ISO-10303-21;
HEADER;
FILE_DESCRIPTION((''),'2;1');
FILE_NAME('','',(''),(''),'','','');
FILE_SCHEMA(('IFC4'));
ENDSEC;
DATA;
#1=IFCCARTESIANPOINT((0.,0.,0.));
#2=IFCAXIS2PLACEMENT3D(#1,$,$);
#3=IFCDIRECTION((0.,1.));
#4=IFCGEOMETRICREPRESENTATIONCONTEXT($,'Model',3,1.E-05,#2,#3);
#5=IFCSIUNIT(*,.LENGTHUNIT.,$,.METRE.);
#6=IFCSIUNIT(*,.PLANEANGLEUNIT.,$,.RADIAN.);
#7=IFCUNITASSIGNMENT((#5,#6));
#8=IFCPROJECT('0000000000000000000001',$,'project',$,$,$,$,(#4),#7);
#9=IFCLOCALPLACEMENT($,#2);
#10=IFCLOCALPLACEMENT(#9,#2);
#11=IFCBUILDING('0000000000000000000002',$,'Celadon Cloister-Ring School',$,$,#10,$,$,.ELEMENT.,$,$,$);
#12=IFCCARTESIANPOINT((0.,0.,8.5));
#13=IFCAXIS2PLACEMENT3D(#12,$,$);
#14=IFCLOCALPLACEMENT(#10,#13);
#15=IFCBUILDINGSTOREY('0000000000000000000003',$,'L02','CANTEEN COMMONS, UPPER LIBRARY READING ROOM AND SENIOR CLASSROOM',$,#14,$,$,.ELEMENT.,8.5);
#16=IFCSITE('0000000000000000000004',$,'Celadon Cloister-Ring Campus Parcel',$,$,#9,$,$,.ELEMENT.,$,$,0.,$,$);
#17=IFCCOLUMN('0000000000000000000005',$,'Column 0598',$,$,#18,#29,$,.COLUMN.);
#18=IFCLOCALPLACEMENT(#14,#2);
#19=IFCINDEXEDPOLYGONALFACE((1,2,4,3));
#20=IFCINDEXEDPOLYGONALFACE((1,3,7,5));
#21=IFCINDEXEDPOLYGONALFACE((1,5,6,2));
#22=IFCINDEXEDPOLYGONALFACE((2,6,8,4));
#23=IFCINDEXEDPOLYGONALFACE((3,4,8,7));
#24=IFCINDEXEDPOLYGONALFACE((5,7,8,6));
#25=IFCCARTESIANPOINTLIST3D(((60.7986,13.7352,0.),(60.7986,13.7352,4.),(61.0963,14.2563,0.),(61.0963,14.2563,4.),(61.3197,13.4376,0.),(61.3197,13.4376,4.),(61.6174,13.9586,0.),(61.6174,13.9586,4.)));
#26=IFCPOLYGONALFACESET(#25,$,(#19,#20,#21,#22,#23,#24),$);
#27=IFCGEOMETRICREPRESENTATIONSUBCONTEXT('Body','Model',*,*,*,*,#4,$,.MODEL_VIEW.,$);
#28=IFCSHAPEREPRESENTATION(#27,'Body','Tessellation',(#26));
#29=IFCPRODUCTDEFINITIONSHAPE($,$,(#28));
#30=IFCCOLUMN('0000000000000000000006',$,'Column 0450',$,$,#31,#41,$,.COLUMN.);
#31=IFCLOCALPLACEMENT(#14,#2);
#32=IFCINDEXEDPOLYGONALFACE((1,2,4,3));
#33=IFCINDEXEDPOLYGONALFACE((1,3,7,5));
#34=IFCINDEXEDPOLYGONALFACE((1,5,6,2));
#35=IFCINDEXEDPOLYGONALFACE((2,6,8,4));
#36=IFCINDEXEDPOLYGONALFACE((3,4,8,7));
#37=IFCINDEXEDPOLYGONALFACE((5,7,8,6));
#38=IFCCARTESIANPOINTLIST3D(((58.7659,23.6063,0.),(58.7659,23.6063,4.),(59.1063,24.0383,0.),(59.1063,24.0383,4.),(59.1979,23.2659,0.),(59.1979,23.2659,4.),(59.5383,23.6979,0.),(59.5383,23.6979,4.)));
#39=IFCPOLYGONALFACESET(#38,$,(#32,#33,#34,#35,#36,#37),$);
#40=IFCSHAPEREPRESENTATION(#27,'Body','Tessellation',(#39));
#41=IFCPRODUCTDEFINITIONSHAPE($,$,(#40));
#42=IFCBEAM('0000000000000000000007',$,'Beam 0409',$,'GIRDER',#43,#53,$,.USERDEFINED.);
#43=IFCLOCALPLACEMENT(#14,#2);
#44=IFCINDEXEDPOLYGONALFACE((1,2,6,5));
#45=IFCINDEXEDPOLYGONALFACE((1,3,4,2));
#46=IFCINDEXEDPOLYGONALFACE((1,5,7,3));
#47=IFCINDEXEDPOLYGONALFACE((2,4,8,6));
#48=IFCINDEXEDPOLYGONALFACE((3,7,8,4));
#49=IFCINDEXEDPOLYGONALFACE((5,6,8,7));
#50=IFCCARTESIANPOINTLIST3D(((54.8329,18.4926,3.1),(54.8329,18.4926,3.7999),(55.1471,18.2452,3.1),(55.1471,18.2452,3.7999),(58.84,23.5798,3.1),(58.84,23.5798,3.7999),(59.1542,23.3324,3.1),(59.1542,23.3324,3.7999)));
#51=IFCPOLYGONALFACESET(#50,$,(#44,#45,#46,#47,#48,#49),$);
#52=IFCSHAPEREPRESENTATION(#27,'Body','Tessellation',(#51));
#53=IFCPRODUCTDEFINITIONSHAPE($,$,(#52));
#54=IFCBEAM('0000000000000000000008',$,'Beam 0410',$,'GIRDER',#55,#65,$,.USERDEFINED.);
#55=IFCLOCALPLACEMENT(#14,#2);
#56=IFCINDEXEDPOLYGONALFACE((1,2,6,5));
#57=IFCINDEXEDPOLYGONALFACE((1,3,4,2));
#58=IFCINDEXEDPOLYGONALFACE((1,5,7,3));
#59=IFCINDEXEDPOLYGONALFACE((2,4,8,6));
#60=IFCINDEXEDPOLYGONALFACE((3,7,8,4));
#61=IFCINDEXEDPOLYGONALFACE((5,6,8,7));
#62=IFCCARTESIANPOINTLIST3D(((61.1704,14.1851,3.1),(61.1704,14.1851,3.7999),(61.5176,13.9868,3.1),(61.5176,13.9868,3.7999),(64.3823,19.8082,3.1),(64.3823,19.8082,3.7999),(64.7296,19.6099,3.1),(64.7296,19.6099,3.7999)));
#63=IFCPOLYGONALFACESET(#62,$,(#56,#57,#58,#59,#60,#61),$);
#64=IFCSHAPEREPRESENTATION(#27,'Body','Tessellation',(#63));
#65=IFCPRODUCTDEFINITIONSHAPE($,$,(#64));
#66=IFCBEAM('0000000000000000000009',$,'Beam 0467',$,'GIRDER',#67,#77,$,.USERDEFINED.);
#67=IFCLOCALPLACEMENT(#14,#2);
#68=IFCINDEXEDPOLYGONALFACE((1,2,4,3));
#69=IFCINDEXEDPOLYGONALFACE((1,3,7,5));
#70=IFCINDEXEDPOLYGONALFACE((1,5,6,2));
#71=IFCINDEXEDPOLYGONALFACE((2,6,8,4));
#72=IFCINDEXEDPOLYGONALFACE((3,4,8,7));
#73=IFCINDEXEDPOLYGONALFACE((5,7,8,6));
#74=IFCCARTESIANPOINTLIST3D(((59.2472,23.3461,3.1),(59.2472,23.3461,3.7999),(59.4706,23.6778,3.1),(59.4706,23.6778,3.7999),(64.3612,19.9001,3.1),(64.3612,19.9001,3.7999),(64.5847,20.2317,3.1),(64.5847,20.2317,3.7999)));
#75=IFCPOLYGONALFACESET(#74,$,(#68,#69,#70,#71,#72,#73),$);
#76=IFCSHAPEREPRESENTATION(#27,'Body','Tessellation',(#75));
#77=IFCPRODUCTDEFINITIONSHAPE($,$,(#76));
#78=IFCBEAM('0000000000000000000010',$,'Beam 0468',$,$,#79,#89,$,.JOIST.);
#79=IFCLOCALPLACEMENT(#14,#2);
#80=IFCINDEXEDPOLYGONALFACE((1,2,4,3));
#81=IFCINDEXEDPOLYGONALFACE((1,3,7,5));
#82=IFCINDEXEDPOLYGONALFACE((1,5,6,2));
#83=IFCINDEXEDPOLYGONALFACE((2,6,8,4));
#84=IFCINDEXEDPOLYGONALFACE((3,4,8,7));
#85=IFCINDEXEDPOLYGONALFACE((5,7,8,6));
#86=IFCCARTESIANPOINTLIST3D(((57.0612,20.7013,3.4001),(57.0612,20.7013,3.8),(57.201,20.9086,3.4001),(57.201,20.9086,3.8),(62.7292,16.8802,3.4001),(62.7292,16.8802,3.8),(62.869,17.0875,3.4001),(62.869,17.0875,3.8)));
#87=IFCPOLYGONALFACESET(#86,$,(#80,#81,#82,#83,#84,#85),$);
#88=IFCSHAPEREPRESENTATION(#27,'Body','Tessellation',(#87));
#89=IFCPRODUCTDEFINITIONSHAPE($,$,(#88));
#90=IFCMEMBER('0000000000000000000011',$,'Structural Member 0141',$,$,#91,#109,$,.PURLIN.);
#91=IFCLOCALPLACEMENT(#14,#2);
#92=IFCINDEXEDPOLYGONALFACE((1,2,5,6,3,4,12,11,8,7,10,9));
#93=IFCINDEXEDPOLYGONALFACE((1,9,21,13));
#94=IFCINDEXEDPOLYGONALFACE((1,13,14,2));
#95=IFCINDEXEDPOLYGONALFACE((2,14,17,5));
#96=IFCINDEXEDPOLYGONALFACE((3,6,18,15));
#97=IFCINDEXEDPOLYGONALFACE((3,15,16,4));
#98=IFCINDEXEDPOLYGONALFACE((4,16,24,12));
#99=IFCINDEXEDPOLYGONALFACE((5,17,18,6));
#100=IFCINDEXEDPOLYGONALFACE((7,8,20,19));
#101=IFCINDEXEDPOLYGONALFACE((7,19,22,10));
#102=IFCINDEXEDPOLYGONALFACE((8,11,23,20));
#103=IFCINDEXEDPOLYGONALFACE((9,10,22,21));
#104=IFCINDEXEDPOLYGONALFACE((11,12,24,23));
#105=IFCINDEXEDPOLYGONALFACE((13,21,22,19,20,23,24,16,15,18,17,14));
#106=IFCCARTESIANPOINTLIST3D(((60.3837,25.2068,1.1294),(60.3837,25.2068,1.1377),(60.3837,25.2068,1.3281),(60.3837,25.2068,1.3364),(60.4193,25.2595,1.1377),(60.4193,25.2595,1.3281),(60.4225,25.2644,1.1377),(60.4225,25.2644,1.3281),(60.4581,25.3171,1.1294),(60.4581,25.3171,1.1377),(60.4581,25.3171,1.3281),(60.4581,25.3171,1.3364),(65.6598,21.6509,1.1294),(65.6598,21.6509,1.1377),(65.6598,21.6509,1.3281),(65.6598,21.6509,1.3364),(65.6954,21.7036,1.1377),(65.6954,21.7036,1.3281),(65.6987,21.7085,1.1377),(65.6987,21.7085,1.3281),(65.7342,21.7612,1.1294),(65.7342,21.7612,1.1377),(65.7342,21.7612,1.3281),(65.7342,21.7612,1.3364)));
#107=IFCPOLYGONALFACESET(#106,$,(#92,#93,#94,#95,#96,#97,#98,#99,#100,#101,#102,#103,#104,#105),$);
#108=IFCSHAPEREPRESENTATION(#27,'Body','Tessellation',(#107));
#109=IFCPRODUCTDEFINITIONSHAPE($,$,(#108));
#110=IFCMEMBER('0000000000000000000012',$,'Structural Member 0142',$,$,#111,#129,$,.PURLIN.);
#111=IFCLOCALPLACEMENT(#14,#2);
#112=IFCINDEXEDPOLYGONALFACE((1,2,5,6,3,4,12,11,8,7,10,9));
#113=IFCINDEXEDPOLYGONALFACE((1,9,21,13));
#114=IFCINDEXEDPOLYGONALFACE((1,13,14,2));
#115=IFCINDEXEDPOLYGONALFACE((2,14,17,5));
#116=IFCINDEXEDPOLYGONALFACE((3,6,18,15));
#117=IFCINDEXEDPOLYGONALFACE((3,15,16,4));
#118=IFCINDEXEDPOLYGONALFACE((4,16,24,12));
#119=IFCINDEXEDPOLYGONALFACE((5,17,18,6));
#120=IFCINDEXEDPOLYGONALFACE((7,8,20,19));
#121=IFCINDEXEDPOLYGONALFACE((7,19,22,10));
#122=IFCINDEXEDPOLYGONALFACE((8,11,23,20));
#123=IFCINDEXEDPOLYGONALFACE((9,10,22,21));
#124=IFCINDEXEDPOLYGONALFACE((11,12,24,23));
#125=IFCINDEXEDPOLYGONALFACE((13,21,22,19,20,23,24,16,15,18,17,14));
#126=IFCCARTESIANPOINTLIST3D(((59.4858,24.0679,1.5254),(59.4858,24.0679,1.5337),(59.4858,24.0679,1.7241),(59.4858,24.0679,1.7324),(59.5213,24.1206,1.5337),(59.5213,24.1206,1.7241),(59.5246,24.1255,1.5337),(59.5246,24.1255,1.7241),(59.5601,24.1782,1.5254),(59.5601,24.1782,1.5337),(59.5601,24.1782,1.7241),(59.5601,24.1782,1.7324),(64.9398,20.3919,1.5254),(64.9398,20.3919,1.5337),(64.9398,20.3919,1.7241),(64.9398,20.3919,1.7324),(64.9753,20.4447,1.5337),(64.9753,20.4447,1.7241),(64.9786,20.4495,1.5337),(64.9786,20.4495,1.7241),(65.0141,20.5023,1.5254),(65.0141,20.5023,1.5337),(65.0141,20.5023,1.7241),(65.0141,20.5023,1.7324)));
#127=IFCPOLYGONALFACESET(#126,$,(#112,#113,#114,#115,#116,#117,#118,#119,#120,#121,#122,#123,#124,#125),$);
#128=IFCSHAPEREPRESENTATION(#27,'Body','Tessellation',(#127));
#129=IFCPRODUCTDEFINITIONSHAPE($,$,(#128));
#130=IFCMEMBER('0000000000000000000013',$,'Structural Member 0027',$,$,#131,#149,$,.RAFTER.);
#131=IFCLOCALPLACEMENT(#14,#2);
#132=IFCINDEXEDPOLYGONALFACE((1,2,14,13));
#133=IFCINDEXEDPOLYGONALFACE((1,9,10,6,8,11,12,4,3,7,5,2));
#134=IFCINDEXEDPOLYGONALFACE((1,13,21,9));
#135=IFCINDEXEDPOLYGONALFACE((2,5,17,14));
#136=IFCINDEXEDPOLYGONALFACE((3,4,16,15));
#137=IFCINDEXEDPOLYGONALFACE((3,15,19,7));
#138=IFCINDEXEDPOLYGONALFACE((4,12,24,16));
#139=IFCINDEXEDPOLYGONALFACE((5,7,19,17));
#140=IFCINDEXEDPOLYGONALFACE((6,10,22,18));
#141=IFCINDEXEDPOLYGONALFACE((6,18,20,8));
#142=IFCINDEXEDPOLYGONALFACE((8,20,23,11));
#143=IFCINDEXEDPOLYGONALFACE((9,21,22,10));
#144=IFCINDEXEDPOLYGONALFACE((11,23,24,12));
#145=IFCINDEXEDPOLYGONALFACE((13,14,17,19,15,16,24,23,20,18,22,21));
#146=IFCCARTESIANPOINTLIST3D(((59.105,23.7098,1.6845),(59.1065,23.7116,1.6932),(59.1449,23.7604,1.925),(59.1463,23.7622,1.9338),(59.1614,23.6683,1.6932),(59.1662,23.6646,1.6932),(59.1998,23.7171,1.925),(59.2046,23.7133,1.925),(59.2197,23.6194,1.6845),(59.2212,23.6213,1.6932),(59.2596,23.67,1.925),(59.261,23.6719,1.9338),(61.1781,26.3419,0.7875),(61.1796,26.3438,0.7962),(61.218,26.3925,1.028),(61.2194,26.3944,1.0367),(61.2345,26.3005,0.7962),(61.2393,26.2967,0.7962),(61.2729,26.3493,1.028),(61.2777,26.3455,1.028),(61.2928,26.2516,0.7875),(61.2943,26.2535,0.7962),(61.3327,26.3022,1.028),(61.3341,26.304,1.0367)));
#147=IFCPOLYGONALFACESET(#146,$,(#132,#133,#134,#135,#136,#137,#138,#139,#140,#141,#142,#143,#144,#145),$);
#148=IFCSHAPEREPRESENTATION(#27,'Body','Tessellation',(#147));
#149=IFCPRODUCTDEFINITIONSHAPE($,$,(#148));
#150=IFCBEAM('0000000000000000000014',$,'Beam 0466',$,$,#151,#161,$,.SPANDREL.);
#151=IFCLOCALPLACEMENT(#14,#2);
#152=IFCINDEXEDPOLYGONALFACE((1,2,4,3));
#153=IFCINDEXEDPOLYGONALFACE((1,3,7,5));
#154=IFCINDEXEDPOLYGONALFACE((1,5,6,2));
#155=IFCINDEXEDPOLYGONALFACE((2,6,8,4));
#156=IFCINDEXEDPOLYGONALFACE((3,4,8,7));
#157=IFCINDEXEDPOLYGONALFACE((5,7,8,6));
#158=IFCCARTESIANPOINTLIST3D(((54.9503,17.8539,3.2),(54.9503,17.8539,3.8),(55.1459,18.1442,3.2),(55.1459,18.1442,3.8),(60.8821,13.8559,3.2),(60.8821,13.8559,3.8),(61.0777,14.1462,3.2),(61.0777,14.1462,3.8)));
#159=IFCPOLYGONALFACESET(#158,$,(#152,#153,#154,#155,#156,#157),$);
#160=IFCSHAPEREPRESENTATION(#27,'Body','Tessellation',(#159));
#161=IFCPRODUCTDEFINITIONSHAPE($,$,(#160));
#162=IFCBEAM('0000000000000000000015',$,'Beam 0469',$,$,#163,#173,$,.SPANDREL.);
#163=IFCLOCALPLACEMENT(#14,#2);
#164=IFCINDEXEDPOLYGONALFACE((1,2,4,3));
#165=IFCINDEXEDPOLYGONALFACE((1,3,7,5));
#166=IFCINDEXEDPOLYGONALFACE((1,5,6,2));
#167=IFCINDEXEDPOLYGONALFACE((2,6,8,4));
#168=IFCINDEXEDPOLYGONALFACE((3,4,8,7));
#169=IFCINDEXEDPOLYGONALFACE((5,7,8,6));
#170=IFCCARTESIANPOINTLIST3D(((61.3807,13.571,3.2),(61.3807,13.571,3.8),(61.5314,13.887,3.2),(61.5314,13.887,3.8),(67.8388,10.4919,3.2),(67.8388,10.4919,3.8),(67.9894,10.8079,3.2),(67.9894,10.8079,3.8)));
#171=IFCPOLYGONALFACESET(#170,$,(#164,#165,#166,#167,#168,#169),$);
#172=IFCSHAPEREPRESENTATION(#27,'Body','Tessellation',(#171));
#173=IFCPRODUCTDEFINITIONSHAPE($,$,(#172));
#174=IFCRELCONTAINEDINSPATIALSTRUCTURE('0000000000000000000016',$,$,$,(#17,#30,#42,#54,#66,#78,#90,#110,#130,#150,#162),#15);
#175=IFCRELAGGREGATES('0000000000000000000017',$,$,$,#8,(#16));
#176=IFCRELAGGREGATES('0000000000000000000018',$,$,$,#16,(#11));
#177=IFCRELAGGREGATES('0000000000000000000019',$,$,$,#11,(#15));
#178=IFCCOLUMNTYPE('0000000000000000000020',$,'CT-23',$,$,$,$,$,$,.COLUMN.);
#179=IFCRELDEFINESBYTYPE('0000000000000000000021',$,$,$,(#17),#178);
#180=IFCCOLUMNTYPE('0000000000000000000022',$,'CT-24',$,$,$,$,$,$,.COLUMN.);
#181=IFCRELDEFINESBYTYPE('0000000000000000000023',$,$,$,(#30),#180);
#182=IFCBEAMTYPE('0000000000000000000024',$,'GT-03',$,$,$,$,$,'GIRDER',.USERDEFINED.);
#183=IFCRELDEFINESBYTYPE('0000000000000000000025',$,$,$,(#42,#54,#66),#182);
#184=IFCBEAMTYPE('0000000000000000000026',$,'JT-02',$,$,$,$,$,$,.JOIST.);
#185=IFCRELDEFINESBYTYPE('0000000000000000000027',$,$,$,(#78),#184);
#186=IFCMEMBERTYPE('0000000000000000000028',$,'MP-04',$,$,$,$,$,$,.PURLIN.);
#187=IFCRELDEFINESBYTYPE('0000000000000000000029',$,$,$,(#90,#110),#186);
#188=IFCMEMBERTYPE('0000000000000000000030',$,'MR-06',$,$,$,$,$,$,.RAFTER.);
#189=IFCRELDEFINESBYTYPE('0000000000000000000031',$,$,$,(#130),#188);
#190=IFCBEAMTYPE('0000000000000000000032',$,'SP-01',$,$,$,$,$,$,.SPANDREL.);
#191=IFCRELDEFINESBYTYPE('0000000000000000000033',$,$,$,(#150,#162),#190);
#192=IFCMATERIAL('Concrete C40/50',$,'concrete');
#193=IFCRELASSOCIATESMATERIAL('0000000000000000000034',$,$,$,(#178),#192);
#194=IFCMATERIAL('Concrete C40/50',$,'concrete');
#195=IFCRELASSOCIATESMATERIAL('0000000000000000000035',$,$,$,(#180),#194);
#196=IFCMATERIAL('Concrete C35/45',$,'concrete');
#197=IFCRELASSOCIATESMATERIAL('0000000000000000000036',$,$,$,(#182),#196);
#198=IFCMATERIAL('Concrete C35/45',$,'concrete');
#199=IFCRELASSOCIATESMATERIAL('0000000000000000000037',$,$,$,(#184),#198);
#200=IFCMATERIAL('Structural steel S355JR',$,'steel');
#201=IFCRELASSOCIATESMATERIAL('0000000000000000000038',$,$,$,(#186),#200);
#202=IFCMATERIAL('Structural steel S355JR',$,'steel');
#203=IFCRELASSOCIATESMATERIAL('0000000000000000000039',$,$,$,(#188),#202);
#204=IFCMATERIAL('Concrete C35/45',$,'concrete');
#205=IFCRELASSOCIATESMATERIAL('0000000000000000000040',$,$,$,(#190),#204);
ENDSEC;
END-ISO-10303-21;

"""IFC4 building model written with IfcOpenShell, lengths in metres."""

from ifc_helpers import new_model, si_unit, direction, frame, origin, origin_2d, place, context, subcontext, project, spatial, rectangle, i_section, extrude, material, material_profile, profile_set, type_object, element, save


model = new_model("IFC4")

# Units and contexts
model_context = context("Model", 3, precision=1e-05, world=origin(), true_north=direction((0.0, 1.0)))
body_context = subcontext(model_context, "Body", "Model", "MODEL_VIEW")
ifc_project = project(units=[si_unit("LENGTHUNIT", "METRE"), si_unit("PLANEANGLEUNIT", "RADIAN")], contexts=[model_context])

# Site, building, storey
site_placement = place(None, origin())
site = spatial("IfcSite", under=ifc_project, at=site_placement, Name="Celadon Cloister-Ring Campus Parcel", CompositionType="ELEMENT", RefElevation=0.0)
building_placement = place(site_placement, origin())
building = spatial("IfcBuilding", under=site, at=building_placement, Name="Celadon Cloister-Ring School", CompositionType="ELEMENT")
storey_placement = place(building_placement, frame((0.0, 0.0, 8.5)))
storey = spatial("IfcBuildingStorey", under=building, at=storey_placement, Name="L02", Description="CANTEEN COMMONS, UPPER LIBRARY READING ROOM AND SENIOR CLASSROOM", CompositionType="ELEMENT", Elevation=8.5)

# Columns
ifc_material_1 = material(Name="Concrete C40/50", Category="concrete")
ifc_material_profile_1 = material_profile(ifc_material_1, rectangle(XDim=0.6001, YDim=0.6001, at=origin_2d()), Name="RC600X600")
ifc_profile_set_1 = profile_set([ifc_material_profile_1], Name="Concrete C40/50")
column_type_1 = type_object("IfcColumnType", Name="CT-23", PredefinedType="COLUMN", material=ifc_profile_set_1)
column_1_placement = place(storey_placement, frame((61.208, 13.8469, 0.0), z_axis=(0.0, 0.0, 1.0), x_axis=(-0.496004, -0.86832, 0.0)))
element("IfcColumn", 1, at=column_1_placement, inside=storey, type_object=column_type_1, Name="Column 0598", PredefinedType="COLUMN", context=body_context, shape_type="SweptSolid", body=[
    extrude(rectangle(XDim=0.6001, YDim=0.6001, at=origin_2d()), origin(), (0.0, 0.0, 1.0), 4.0),
])
ifc_material_2 = material(Name="Concrete C40/50", Category="concrete")
ifc_material_profile_2 = material_profile(ifc_material_2, rectangle(XDim=0.55, YDim=0.55, at=origin_2d()), Name="RC550X550")
ifc_profile_set_2 = profile_set([ifc_material_profile_2], Name="Concrete C40/50")
column_type_2 = type_object("IfcColumnType", Name="CT-24", PredefinedType="COLUMN", material=ifc_profile_set_2)
column_2_placement = place(storey_placement, frame((59.1521, 23.6521, 0.0), z_axis=(0.0, 0.0, 1.0), x_axis=(-0.618847, -0.785511, 0.0)))
element("IfcColumn", 2, at=column_2_placement, inside=storey, type_object=column_type_2, Name="Column 0450", PredefinedType="COLUMN", context=body_context, shape_type="SweptSolid", body=[
    extrude(rectangle(XDim=0.55, YDim=0.55, at=origin_2d()), origin(), (0.0, 0.0, 1.0), 4.0),
])

# Beams
ifc_material_3 = material(Name="Concrete C35/45", Category="concrete")
ifc_material_profile_3 = material_profile(ifc_material_3, rectangle(XDim=0.3999, YDim=0.7, at=origin_2d()), Name="RC400X700")
ifc_profile_set_3 = profile_set([ifc_material_profile_3], Name="Concrete C35/45")
beam_type_1 = type_object("IfcBeamType", Name="GT-03", ElementType="GIRDER", PredefinedType="USERDEFINED", material=ifc_profile_set_3)
for number, where, z_axis, x_axis, name in (
    (3, (54.99, 18.3689, 3.45), (0.618778, 0.785566, 0.0), (-0.785566, 0.618778, 0.0), "Beam 0409"),
    (4, (61.344, 14.0859, 3.45), (0.495993, 0.868327, 0.0), (-0.868327, 0.495993, 0.0), "Beam 0410"),
):
    element("IfcBeam", number, at=place(storey_placement, frame(where, z_axis=z_axis, x_axis=x_axis)), inside=storey, type_object=beam_type_1, Name=name, ObjectType="GIRDER", PredefinedType="USERDEFINED", context=body_context, shape_type="SweptSolid", body=[
        extrude(rectangle(XDim=0.3999, YDim=0.7, at=origin_2d()), origin(), (0.0, 0.0, 1.0), 6.4758),
    ])
beam_1_placement = place(storey_placement, frame((59.3589, 23.512, 3.45), z_axis=(0.829293, -0.558814, 0.0), x_axis=(0.558814, 0.829293, 0.0)))
element("IfcBeam", 5, at=beam_1_placement, inside=storey, type_object=beam_type_1, Name="Beam 0467", ObjectType="GIRDER", PredefinedType="USERDEFINED", context=body_context, shape_type="SweptSolid", body=[
    extrude(rectangle(XDim=0.3999, YDim=0.7, at=origin_2d()), origin(), (0.0, 0.0, 1.0), 6.1667),
])
ifc_material_4 = material(Name="Concrete C35/45", Category="concrete")
ifc_material_profile_4 = material_profile(ifc_material_4, rectangle(XDim=0.25, YDim=0.3999, at=origin_2d()), Name="RC250X400")
ifc_profile_set_4 = profile_set([ifc_material_profile_4], Name="Concrete C35/45")
beam_type_2 = type_object("IfcBeamType", Name="JT-02", PredefinedType="JOIST", material=ifc_profile_set_4)
beam_2_placement = place(storey_placement, frame((57.1311, 20.8049, 3.6001), z_axis=(0.829176, -0.558987, 0.0), x_axis=(0.558987, 0.829176, 0.0)))
element("IfcBeam", 6, at=beam_2_placement, inside=storey, type_object=beam_type_2, Name="Beam 0468", PredefinedType="JOIST", context=body_context, shape_type="SweptSolid", body=[
    extrude(rectangle(XDim=0.25, YDim=0.3999, at=origin_2d()), origin(), (0.0, 0.0, 1.0), 6.8357),
])

# Members
ifc_material_5 = material(Name="Structural steel S355JR", Category="steel")
ifc_material_profile_5 = material_profile(ifc_material_5, i_section(OverallWidth=0.1331, OverallDepth=0.207, WebThickness=0.0059, FlangeThickness=0.0083, at=origin_2d()), Name="W200X27")
ifc_profile_set_5 = profile_set([ifc_material_profile_5], Name="Structural steel S355JR")
member_type_1 = type_object("IfcMemberType", Name="MP-04", PredefinedType="PURLIN", material=ifc_profile_set_5)
member_1_placement = place(storey_placement, frame((60.4209, 25.262, 1.2329), z_axis=(0.829247, -0.558882, 0.0), x_axis=(0.558882, 0.829247, 0.0)))
element("IfcMember", 7, at=member_1_placement, inside=storey, type_object=member_type_1, Name="Structural Member 0141", PredefinedType="PURLIN", context=body_context, shape_type="SweptSolid", body=[
    extrude(i_section(OverallWidth=0.1331, OverallDepth=0.207, WebThickness=0.0059, FlangeThickness=0.0083, at=origin_2d()), origin(), (0.0, 0.0, 1.0), 6.3625),
])
member_2_placement = place(storey_placement, frame((59.5229, 24.123, 1.6289), z_axis=(0.829236, -0.558899, 0.0), x_axis=(0.558899, 0.829236, 0.0)))
element("IfcMember", 8, at=member_2_placement, inside=storey, type_object=member_type_1, Name="Structural Member 0142", PredefinedType="PURLIN", context=body_context, shape_type="SweptSolid", body=[
    extrude(i_section(OverallWidth=0.1331, OverallDepth=0.207, WebThickness=0.0059, FlangeThickness=0.0083, at=origin_2d()), origin(), (0.0, 0.0, 1.0), 6.5771),
])
ifc_material_6 = material(Name="Structural steel S355JR", Category="steel")
ifc_material_profile_6 = material_profile(ifc_material_6, i_section(OverallWidth=0.146, OverallDepth=0.2581, WebThickness=0.0061, FlangeThickness=0.009, at=origin_2d()), Name="W250X33")
ifc_profile_set_6 = profile_set([ifc_material_profile_6], Name="Structural steel S355JR")
member_type_2 = type_object("IfcMemberType", Name="MR-06", PredefinedType="RAFTER", material=ifc_profile_set_6)
member_3_placement = place(storey_placement, frame((61.2561, 26.323, 0.9121), z_axis=(-0.597683, -0.758877, 0.258614), x_axis=(0.785602, -0.618732, 0.0)))
element("IfcMember", 9, at=member_3_placement, inside=storey, type_object=member_type_2, Name="Structural Member 0027", PredefinedType="RAFTER", context=body_context, shape_type="SweptSolid", body=[
    extrude(i_section(OverallWidth=0.146, OverallDepth=0.2581, WebThickness=0.0061, FlangeThickness=0.009, at=origin_2d()), origin(), (0.0, 0.0, 1.0), 3.4685),
])

# Beams
ifc_material_7 = material(Name="Concrete C35/45", Category="concrete")
ifc_material_profile_7 = material_profile(ifc_material_7, rectangle(XDim=0.3501, YDim=0.6001, at=origin_2d()), Name="RC350X600")
ifc_profile_set_7 = profile_set([ifc_material_profile_7], Name="Concrete C35/45")
beam_type_3 = type_object("IfcBeamType", Name="SP-01", PredefinedType="SPANDREL", material=ifc_profile_set_7)
beam_3_placement = place(storey_placement, frame((55.0481, 17.999, 3.5), z_axis=(0.829236, -0.558899, 0.0), x_axis=(0.558899, 0.829236, 0.0)))
element("IfcBeam", 10, at=beam_3_placement, inside=storey, type_object=beam_type_3, Name="Beam 0466", PredefinedType="SPANDREL", context=body_context, shape_type="SweptSolid", body=[
    extrude(rectangle(XDim=0.3501, YDim=0.6001, at=origin_2d()), origin(), (0.0, 0.0, 1.0), 7.1533),
])
beam_4_placement = place(storey_placement, frame((61.4561, 13.729, 3.5), z_axis=(0.902651, -0.430373, 0.0), x_axis=(0.430373, 0.902651, 0.0)))
element("IfcBeam", 11, at=beam_4_placement, inside=storey, type_object=beam_type_3, Name="Beam 0469", PredefinedType="SPANDREL", context=body_context, shape_type="SweptSolid", body=[
    extrude(rectangle(XDim=0.3501, YDim=0.6001, at=origin_2d()), origin(), (0.0, 0.0, 1.0), 7.1545),
])

save(model, "model.ifc")
